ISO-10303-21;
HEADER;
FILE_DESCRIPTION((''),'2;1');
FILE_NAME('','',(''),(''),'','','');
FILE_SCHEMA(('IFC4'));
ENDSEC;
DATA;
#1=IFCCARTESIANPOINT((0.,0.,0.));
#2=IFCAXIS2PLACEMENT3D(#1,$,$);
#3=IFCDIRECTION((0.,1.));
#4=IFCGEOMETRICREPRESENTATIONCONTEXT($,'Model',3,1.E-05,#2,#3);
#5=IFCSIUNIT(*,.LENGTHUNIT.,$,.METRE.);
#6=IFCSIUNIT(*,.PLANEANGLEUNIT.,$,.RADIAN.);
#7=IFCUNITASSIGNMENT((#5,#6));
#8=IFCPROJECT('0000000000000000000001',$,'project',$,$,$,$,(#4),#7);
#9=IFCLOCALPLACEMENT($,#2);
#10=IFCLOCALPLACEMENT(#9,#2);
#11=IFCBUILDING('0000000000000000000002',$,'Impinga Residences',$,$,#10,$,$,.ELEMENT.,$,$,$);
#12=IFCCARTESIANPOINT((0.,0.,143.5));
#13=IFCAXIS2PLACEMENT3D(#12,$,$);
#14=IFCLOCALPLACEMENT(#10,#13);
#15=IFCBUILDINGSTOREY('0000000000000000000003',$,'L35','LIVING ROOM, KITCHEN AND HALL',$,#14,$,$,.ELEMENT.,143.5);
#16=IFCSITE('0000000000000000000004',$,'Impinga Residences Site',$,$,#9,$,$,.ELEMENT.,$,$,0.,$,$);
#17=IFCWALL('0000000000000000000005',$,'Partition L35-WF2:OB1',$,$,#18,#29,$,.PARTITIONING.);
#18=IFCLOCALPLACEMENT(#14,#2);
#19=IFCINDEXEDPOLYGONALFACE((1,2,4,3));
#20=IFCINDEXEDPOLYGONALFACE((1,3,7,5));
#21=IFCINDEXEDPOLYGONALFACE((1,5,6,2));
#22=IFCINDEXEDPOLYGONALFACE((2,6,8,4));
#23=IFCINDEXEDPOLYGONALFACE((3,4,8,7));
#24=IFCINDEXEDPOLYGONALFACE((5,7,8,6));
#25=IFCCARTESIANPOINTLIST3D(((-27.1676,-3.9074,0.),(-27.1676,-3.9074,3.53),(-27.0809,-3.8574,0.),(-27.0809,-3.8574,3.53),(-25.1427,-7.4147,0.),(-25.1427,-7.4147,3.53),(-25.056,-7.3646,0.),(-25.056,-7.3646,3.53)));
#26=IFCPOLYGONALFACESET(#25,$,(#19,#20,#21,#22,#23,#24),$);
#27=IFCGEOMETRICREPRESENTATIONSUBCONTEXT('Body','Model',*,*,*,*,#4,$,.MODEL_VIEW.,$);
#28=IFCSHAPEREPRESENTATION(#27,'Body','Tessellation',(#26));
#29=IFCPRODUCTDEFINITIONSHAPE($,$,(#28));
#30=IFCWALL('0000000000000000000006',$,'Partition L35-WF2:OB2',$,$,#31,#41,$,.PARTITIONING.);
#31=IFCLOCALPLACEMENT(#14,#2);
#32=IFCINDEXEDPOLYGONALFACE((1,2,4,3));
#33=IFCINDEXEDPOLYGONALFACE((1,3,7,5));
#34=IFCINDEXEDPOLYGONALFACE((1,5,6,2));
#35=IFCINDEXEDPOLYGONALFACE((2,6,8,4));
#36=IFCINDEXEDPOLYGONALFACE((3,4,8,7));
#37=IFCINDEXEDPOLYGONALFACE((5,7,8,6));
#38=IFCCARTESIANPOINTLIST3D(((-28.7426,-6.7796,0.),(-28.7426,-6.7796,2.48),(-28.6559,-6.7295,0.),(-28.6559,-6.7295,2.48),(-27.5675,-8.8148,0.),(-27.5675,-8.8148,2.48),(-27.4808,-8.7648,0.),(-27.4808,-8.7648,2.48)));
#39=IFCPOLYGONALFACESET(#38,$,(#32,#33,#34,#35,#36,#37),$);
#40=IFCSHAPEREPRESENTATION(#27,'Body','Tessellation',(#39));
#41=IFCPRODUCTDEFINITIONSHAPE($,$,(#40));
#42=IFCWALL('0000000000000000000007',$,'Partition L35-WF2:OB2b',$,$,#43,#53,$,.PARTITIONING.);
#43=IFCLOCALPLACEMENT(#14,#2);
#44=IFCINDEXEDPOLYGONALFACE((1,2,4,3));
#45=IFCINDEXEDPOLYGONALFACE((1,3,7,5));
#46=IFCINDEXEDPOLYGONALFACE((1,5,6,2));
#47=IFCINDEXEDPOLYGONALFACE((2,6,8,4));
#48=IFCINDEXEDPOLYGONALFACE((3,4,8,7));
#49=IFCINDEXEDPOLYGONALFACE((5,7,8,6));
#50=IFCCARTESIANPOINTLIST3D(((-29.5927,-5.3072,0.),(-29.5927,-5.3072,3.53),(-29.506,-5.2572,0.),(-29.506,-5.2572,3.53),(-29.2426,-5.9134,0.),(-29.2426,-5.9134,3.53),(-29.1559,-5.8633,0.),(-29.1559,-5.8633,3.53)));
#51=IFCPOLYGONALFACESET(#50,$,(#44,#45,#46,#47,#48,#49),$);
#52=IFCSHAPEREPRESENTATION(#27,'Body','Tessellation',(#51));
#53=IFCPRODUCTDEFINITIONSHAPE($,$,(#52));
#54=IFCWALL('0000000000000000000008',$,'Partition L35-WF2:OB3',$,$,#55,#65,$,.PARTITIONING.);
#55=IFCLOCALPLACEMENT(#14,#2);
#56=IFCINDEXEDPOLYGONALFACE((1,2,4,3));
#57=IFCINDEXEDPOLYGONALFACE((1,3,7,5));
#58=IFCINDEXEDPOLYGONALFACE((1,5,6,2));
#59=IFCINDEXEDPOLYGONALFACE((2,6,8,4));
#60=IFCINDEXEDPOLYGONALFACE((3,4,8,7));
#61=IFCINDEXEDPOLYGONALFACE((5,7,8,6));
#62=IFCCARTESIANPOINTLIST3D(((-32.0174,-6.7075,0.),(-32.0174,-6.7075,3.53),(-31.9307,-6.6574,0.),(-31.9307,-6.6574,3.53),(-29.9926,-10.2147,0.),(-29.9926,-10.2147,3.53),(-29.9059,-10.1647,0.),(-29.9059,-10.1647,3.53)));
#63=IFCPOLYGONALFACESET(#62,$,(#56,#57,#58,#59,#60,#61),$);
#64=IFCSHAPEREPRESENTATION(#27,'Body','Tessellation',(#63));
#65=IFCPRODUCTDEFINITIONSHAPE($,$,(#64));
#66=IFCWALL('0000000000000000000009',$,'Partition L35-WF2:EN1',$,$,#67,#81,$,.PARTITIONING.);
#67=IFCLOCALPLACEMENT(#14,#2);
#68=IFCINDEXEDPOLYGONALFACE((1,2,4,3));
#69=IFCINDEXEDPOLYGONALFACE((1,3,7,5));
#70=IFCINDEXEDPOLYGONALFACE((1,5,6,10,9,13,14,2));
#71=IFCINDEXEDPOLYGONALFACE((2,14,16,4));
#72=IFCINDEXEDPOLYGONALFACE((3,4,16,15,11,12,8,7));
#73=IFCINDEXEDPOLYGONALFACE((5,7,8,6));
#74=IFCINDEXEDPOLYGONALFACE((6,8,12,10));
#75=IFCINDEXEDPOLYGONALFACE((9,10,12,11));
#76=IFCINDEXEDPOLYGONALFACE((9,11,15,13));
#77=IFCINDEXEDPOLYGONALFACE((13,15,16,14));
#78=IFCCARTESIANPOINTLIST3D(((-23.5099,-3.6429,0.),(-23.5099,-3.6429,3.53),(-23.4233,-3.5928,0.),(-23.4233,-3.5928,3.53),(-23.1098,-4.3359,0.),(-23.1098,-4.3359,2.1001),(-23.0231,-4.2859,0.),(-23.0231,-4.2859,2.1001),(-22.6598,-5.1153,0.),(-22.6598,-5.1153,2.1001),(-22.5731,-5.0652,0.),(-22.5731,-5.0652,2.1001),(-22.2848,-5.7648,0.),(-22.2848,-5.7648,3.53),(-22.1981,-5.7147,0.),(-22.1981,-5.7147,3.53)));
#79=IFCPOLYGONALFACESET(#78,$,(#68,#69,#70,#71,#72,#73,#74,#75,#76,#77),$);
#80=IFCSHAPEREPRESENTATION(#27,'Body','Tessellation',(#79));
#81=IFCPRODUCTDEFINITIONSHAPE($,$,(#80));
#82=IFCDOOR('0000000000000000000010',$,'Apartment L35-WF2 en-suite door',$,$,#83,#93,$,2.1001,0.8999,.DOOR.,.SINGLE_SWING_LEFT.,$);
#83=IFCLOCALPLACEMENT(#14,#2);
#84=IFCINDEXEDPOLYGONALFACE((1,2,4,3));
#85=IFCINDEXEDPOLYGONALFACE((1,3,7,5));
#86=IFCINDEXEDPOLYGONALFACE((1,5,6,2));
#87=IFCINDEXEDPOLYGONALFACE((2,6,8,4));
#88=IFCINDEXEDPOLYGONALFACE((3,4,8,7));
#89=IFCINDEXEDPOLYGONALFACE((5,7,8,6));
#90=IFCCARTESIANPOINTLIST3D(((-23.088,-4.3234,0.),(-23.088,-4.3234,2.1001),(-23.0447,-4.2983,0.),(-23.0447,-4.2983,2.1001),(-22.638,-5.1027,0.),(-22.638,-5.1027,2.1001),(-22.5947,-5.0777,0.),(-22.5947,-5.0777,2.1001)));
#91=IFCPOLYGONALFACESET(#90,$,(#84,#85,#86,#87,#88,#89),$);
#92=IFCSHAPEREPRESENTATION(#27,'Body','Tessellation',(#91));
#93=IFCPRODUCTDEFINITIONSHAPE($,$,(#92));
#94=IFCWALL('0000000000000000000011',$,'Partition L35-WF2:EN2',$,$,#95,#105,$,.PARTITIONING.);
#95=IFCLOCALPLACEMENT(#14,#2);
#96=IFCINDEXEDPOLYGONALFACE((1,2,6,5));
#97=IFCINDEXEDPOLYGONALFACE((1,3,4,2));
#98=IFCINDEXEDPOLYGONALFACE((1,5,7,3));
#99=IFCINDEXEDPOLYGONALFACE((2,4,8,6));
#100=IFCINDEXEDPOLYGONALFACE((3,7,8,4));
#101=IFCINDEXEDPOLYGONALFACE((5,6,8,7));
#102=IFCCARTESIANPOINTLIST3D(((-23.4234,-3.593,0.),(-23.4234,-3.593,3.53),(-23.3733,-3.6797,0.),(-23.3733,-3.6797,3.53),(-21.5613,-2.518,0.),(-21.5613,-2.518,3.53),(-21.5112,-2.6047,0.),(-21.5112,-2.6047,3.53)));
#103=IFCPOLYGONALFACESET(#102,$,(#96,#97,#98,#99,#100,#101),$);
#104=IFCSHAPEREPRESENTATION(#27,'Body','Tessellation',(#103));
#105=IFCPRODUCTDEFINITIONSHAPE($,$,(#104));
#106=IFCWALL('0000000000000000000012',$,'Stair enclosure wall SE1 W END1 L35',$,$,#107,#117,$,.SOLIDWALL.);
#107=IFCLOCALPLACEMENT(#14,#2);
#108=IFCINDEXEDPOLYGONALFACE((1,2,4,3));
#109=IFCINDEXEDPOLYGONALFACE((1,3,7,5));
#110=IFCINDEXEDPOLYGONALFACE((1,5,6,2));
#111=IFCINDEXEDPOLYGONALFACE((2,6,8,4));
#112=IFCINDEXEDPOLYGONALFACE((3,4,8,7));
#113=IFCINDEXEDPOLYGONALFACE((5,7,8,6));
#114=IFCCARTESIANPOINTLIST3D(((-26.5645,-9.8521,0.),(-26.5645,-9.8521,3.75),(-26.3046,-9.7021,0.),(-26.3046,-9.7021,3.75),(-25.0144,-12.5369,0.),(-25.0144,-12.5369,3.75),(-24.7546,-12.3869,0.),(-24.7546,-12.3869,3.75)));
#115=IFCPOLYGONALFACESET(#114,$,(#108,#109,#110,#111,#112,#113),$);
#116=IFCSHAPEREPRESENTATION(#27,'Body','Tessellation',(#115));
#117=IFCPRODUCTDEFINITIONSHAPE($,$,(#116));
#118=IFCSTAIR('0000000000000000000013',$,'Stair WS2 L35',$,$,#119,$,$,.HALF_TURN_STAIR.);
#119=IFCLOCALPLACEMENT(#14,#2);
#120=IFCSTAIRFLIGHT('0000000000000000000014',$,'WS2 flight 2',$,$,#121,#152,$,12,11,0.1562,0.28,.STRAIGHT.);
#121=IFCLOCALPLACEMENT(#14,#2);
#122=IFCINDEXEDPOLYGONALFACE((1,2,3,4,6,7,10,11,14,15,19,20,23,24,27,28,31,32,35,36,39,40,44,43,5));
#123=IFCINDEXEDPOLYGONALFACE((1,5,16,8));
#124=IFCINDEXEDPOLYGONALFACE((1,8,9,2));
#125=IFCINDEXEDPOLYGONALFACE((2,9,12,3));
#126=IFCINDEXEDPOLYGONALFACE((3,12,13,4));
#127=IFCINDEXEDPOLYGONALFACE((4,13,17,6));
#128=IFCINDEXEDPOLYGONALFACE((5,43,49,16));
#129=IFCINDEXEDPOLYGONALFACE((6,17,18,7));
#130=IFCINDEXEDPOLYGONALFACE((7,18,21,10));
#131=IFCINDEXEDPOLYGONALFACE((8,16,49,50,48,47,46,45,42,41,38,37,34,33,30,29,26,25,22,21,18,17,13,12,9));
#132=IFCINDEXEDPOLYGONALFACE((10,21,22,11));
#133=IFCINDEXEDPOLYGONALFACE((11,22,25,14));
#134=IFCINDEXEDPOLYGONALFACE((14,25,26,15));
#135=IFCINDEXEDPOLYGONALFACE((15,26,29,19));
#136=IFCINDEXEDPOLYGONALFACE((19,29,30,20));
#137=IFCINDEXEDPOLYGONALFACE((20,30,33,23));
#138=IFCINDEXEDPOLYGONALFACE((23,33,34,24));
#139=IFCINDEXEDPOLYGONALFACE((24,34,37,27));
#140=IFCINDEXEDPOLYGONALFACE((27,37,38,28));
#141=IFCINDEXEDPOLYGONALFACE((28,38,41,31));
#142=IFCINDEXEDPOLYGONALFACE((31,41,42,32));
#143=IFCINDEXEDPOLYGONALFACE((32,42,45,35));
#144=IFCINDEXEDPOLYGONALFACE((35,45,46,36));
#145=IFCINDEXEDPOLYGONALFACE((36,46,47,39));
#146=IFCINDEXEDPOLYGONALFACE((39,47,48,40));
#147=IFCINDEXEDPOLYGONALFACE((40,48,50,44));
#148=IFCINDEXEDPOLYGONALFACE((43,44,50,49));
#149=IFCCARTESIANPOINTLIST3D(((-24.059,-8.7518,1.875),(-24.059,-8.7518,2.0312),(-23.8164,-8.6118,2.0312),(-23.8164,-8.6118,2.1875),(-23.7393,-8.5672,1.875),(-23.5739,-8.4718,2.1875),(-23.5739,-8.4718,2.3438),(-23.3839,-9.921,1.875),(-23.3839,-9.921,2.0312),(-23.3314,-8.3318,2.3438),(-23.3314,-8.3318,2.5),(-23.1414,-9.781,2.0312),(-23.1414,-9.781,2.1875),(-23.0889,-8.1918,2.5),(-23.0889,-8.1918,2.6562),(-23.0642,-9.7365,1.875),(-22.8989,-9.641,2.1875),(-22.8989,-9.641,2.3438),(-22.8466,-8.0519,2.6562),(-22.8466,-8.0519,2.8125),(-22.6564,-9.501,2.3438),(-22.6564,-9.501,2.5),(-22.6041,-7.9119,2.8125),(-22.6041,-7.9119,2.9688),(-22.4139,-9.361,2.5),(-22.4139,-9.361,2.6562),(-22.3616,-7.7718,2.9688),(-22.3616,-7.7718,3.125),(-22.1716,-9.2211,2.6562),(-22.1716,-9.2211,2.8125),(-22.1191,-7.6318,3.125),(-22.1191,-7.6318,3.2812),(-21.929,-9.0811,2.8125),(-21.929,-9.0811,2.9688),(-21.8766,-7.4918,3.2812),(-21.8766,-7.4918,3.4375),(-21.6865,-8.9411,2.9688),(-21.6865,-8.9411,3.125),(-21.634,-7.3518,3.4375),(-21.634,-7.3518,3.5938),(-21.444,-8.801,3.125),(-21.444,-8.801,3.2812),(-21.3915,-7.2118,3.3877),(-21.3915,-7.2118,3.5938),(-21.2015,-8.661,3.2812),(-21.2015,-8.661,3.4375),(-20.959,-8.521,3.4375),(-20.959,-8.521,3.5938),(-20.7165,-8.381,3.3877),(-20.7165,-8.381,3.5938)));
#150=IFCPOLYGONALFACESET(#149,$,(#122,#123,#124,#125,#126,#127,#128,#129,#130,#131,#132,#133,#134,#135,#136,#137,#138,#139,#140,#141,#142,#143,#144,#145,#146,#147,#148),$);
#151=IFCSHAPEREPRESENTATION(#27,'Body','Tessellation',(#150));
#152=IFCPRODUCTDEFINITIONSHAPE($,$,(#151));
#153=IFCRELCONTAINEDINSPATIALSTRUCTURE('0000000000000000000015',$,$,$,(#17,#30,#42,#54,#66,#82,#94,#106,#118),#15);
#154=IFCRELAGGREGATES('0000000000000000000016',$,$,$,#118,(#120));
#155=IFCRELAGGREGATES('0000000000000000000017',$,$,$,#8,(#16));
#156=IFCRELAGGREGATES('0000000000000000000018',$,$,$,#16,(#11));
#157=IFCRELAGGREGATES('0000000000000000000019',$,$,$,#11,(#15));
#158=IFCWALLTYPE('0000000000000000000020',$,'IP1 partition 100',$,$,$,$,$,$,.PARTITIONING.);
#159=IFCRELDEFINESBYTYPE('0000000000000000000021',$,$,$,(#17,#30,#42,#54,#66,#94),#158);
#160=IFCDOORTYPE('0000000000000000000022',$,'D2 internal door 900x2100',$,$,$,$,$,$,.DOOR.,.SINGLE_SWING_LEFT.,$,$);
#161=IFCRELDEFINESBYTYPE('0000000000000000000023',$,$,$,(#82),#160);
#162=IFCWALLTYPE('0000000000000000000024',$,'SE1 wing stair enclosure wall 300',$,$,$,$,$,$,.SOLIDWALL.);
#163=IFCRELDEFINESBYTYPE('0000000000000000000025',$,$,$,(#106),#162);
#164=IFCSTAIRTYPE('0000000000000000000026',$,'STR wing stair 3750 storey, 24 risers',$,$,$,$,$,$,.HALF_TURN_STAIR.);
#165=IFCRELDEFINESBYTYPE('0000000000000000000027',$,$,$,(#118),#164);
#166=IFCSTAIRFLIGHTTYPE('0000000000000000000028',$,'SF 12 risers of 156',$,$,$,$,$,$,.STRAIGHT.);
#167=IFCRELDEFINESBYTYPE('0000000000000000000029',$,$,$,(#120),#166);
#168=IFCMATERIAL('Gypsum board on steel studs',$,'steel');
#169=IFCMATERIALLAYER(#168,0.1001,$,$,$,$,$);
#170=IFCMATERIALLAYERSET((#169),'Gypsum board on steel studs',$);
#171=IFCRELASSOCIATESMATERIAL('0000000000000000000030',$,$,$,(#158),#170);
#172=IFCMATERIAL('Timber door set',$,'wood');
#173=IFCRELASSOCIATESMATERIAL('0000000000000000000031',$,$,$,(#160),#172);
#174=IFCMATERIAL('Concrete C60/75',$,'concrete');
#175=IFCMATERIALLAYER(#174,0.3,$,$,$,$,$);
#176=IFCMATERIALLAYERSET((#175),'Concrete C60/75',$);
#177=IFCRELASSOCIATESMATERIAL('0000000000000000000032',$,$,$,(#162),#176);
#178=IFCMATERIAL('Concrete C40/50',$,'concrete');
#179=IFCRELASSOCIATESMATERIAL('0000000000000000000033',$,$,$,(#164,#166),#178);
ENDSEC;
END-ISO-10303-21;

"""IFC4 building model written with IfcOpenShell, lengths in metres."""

from ifc_helpers import new_model, si_unit, direction, frame, frame_2d, origin, place, context, subcontext, project, spatial, polyline, rectangle, outline, extrude, material, layer, layer_set, type_object, element, fill, aggregate, save


model = new_model("IFC4")

# Units and contexts
model_context = context("Model", 3, precision=1e-05, world=origin(), true_north=direction((0.0, 1.0)))
body_context = subcontext(model_context, "Body", "Model", "MODEL_VIEW")
ifc_project = project(units=[si_unit("LENGTHUNIT", "METRE"), si_unit("PLANEANGLEUNIT", "RADIAN")], contexts=[model_context])

# Site, building, storey
site_placement = place(None, origin())
site = spatial("IfcSite", under=ifc_project, at=site_placement, Name="Impinga Residences Site", CompositionType="ELEMENT", RefElevation=0.0)
building_placement = place(site_placement, origin())
building = spatial("IfcBuilding", under=site, at=building_placement, Name="Impinga Residences", CompositionType="ELEMENT")
storey_placement = place(building_placement, frame((0.0, 0.0, 143.5)))
storey = spatial("IfcBuildingStorey", under=building, at=storey_placement, Name="L35", Description="LIVING ROOM, KITCHEN AND HALL", CompositionType="ELEMENT", Elevation=143.5)

# Shared definitions
ifc_material_1 = material(Name="Concrete C60/75", Category="concrete")

# Walls
ifc_material_2 = material(Name="Gypsum board on steel studs", Category="steel")
ifc_layer_1 = layer(ifc_material_2, 0.1001)
ifc_layer_set_1 = layer_set([ifc_layer_1], Name="Gypsum board on steel studs")
wall_type_1 = type_object("IfcWallType", Name="IP1 partition 100", PredefinedType="PARTITIONING", material=ifc_layer_set_1)
wall_1_placement = place(storey_placement, frame((-25.0994, -7.3896, 0.0), z_axis=(0.0, 0.0, 1.0), x_axis=(-0.49999, 0.866031, 0.0)))
element("IfcWall", 1, at=wall_1_placement, inside=storey, type_object=wall_type_1, Name="Partition L35-WF2:OB1", PredefinedType="PARTITIONING", context=body_context, shape_type="SweptSolid", body=[
    extrude(rectangle(XDim=4.0498, YDim=0.1001, at=frame_2d((2.0249, 0.0))), origin(), (0.0, 0.0, 1.0), 3.53),
])
wall_2_placement = place(storey_placement, frame((-27.5242, -8.7898, 0.0), z_axis=(0.0, 0.0, 1.0), x_axis=(-0.500016, 0.866016, 0.0)))
element("IfcWall", 2, at=wall_2_placement, inside=storey, type_object=wall_type_1, Name="Partition L35-WF2:OB2", PredefinedType="PARTITIONING", context=body_context, shape_type="SweptSolid", body=[
    extrude(rectangle(XDim=2.3501, YDim=0.1001, at=frame_2d((1.175, 0.0))), origin(), (0.0, 0.0, 1.0), 2.48),
])
wall_3_placement = place(storey_placement, frame((-29.1992, -5.8884, 0.0), z_axis=(0.0, 0.0, 1.0), x_axis=(-0.500115, 0.865959, 0.0)))
element("IfcWall", 3, at=wall_3_placement, inside=storey, type_object=wall_type_1, Name="Partition L35-WF2:OB2b", PredefinedType="PARTITIONING", context=body_context, shape_type="SweptSolid", body=[
    extrude(rectangle(XDim=0.7, YDim=0.1001, at=frame_2d((0.3501, 0.0))), origin(), (0.0, 0.0, 1.0), 3.53),
])
wall_4_placement = place(storey_placement, frame((-29.9492, -10.1897, 0.0), z_axis=(0.0, 0.0, 1.0), x_axis=(-0.49999, 0.866031, 0.0)))
element("IfcWall", 4, at=wall_4_placement, inside=storey, type_object=wall_type_1, Name="Partition L35-WF2:OB3", PredefinedType="PARTITIONING", context=body_context, shape_type="SweptSolid", body=[
    extrude(rectangle(XDim=4.0498, YDim=0.1001, at=frame_2d((2.0249, 0.0))), origin(), (0.0, 0.0, 1.0), 3.53),
])

# Wall, opening, door
wall_5_placement = place(storey_placement, frame((-22.2415, -5.7397, 0.0), z_axis=(0.0, 0.0, 1.0), x_axis=(-0.500019, 0.866015, 0.0)))
wall_5 = element("IfcWall", 5, at=wall_5_placement, inside=storey, type_object=wall_type_1, Name="Partition L35-WF2:EN1", PredefinedType="PARTITIONING", context=body_context, shape_type="SweptSolid", body=[
    extrude(rectangle(XDim=2.4502, YDim=0.1001, at=frame_2d((1.2251, 0.0))), origin(), (0.0, 0.0, 1.0), 3.53),
])
opening_1_placement = place(wall_5_placement, frame((0.75, 0.0, 0.0)))
opening_1 = element("IfcOpeningElement", 6, at=opening_1_placement, cuts=wall_5, PredefinedType="OPENING", context=body_context, shape_type="SweptSolid", body=[
    extrude(rectangle(XDim=0.8999, YDim=2.1001, at=frame_2d((0.45, 1.05))), frame((0.0, 0.0601, 0.0), z_axis=(0.0, -1.0, 0.0), x_axis=(1.0, 0.0, 0.0)), (0.0, 0.0, 1.0), 0.1201),
])
ifc_material_3 = material(Name="Timber door set", Category="wood")
door_type = type_object("IfcDoorType", Name="D2 internal door 900x2100", OperationType="SINGLE_SWING_LEFT", PredefinedType="DOOR", material=ifc_material_3)
door_placement = place(opening_1_placement, origin())
door = element("IfcDoor", 7, at=door_placement, inside=storey, type_object=door_type, Name="Apartment L35-WF2 en-suite door", OperationType="SINGLE_SWING_LEFT", OverallHeight=2.1001, OverallWidth=0.8999, PredefinedType="DOOR", context=body_context, shape_type="SweptSolid", body=[
    extrude(rectangle(XDim=0.8999, YDim=2.1001, at=frame_2d((0.45, 1.05))), frame((0.0, 0.0249, 0.0), z_axis=(0.0, -1.0, 0.0), x_axis=(1.0, 0.0, 0.0)), (0.0, 0.0, 1.0), 0.05),
])
fill(opening_1, door)

# Walls
wall_6_placement = place(storey_placement, frame((-21.5361, -2.5613, 0.0), z_axis=(0.0, 0.0, 1.0), x_axis=(-0.866048, -0.499962, 0.0)))
element("IfcWall", 8, at=wall_6_placement, inside=storey, type_object=wall_type_1, Name="Partition L35-WF2:EN2", PredefinedType="PARTITIONING", context=body_context, shape_type="SweptSolid", body=[
    extrude(rectangle(XDim=2.1501, YDim=0.1001, at=frame_2d((1.0752, 0.0))), origin(), (0.0, 0.0, 1.0), 3.53),
])
ifc_layer_2 = layer(ifc_material_1, 0.3)
ifc_layer_set_2 = layer_set([ifc_layer_2], Name="Concrete C60/75")
wall_type_2 = type_object("IfcWallType", Name="SE1 wing stair enclosure wall 300", PredefinedType="SOLIDWALL", material=ifc_layer_set_2)
wall_7_placement = place(storey_placement, frame((-24.8845, -12.4619, 0.0), z_axis=(0.0, 0.0, 1.0), x_axis=(-0.499993, 0.86603, 0.0)))
element("IfcWall", 9, at=wall_7_placement, inside=storey, type_object=wall_type_2, Name="Stair enclosure wall SE1 W END1 L35", PredefinedType="SOLIDWALL", context=body_context, shape_type="SweptSolid", body=[
    extrude(rectangle(XDim=3.1001, YDim=0.3, at=frame_2d((1.55, 0.0))), origin(), (0.0, 0.0, 1.0), 3.75),
])

# Stair, stair flight
ifc_material_4 = material(Name="Concrete C40/50", Category="concrete")
stair_type = type_object("IfcStairType", Name="STR wing stair 3750 storey, 24 risers", PredefinedType="HALF_TURN_STAIR", material=ifc_material_4)
stair_placement = place(storey_placement, origin())
stair = element("IfcStair", 10, at=stair_placement, inside=storey, type_object=stair_type, Name="Stair WS2 L35", PredefinedType="HALF_TURN_STAIR")
stair_flight_type = type_object("IfcStairFlightType", Name="SF 12 risers of 156", PredefinedType="STRAIGHT", material=ifc_material_4)
stair_flight_placement = place(storey_placement, frame((-23.7214, -9.3364, 1.875), z_axis=(0.0, 0.0, 1.0), x_axis=(0.866025, 0.5, 0.0)))
stair_flight = element("IfcStairFlight", 11, at=stair_flight_placement, type_object=stair_flight_type, Name="WS2 flight 2", NumberOfRisers=12, NumberOfTreads=11, PredefinedType="STRAIGHT", RiserHeight=0.1562, TreadLength=0.28, context=body_context, shape_type="SweptSolid", body=[
    extrude(outline(polyline([(0.0, 0.0), (0.0, 0.1562), (0.28, 0.1562), (0.28, 0.3125), (0.5601, 0.3125), (0.5601, 0.4688), (0.8401, 0.4688), (0.8401, 0.625), (1.1201, 0.625), (1.1201, 0.7812), (1.3999, 0.7812), (1.3999, 0.9375), (1.6799, 0.9375), (1.6799, 1.0938), (1.96, 1.0938), (1.96, 1.25), (2.24, 1.25), (2.24, 1.4062), (2.52, 1.4062), (2.52, 1.5625), (2.8, 1.5625), (2.8, 1.7188), (3.0801, 1.7188), (3.0801, 1.875), (3.0801, 1.5127), (0.3691, 0.0), (0.0, 0.0)])), frame((0.0, 0.675, 0.0), z_axis=(0.0, -1.0, 0.0), x_axis=(1.0, 0.0, 0.0)), (0.0, 0.0, 1.0), 1.3501),
])
aggregate(stair, [stair_flight])

save(model, "model.ifc")
